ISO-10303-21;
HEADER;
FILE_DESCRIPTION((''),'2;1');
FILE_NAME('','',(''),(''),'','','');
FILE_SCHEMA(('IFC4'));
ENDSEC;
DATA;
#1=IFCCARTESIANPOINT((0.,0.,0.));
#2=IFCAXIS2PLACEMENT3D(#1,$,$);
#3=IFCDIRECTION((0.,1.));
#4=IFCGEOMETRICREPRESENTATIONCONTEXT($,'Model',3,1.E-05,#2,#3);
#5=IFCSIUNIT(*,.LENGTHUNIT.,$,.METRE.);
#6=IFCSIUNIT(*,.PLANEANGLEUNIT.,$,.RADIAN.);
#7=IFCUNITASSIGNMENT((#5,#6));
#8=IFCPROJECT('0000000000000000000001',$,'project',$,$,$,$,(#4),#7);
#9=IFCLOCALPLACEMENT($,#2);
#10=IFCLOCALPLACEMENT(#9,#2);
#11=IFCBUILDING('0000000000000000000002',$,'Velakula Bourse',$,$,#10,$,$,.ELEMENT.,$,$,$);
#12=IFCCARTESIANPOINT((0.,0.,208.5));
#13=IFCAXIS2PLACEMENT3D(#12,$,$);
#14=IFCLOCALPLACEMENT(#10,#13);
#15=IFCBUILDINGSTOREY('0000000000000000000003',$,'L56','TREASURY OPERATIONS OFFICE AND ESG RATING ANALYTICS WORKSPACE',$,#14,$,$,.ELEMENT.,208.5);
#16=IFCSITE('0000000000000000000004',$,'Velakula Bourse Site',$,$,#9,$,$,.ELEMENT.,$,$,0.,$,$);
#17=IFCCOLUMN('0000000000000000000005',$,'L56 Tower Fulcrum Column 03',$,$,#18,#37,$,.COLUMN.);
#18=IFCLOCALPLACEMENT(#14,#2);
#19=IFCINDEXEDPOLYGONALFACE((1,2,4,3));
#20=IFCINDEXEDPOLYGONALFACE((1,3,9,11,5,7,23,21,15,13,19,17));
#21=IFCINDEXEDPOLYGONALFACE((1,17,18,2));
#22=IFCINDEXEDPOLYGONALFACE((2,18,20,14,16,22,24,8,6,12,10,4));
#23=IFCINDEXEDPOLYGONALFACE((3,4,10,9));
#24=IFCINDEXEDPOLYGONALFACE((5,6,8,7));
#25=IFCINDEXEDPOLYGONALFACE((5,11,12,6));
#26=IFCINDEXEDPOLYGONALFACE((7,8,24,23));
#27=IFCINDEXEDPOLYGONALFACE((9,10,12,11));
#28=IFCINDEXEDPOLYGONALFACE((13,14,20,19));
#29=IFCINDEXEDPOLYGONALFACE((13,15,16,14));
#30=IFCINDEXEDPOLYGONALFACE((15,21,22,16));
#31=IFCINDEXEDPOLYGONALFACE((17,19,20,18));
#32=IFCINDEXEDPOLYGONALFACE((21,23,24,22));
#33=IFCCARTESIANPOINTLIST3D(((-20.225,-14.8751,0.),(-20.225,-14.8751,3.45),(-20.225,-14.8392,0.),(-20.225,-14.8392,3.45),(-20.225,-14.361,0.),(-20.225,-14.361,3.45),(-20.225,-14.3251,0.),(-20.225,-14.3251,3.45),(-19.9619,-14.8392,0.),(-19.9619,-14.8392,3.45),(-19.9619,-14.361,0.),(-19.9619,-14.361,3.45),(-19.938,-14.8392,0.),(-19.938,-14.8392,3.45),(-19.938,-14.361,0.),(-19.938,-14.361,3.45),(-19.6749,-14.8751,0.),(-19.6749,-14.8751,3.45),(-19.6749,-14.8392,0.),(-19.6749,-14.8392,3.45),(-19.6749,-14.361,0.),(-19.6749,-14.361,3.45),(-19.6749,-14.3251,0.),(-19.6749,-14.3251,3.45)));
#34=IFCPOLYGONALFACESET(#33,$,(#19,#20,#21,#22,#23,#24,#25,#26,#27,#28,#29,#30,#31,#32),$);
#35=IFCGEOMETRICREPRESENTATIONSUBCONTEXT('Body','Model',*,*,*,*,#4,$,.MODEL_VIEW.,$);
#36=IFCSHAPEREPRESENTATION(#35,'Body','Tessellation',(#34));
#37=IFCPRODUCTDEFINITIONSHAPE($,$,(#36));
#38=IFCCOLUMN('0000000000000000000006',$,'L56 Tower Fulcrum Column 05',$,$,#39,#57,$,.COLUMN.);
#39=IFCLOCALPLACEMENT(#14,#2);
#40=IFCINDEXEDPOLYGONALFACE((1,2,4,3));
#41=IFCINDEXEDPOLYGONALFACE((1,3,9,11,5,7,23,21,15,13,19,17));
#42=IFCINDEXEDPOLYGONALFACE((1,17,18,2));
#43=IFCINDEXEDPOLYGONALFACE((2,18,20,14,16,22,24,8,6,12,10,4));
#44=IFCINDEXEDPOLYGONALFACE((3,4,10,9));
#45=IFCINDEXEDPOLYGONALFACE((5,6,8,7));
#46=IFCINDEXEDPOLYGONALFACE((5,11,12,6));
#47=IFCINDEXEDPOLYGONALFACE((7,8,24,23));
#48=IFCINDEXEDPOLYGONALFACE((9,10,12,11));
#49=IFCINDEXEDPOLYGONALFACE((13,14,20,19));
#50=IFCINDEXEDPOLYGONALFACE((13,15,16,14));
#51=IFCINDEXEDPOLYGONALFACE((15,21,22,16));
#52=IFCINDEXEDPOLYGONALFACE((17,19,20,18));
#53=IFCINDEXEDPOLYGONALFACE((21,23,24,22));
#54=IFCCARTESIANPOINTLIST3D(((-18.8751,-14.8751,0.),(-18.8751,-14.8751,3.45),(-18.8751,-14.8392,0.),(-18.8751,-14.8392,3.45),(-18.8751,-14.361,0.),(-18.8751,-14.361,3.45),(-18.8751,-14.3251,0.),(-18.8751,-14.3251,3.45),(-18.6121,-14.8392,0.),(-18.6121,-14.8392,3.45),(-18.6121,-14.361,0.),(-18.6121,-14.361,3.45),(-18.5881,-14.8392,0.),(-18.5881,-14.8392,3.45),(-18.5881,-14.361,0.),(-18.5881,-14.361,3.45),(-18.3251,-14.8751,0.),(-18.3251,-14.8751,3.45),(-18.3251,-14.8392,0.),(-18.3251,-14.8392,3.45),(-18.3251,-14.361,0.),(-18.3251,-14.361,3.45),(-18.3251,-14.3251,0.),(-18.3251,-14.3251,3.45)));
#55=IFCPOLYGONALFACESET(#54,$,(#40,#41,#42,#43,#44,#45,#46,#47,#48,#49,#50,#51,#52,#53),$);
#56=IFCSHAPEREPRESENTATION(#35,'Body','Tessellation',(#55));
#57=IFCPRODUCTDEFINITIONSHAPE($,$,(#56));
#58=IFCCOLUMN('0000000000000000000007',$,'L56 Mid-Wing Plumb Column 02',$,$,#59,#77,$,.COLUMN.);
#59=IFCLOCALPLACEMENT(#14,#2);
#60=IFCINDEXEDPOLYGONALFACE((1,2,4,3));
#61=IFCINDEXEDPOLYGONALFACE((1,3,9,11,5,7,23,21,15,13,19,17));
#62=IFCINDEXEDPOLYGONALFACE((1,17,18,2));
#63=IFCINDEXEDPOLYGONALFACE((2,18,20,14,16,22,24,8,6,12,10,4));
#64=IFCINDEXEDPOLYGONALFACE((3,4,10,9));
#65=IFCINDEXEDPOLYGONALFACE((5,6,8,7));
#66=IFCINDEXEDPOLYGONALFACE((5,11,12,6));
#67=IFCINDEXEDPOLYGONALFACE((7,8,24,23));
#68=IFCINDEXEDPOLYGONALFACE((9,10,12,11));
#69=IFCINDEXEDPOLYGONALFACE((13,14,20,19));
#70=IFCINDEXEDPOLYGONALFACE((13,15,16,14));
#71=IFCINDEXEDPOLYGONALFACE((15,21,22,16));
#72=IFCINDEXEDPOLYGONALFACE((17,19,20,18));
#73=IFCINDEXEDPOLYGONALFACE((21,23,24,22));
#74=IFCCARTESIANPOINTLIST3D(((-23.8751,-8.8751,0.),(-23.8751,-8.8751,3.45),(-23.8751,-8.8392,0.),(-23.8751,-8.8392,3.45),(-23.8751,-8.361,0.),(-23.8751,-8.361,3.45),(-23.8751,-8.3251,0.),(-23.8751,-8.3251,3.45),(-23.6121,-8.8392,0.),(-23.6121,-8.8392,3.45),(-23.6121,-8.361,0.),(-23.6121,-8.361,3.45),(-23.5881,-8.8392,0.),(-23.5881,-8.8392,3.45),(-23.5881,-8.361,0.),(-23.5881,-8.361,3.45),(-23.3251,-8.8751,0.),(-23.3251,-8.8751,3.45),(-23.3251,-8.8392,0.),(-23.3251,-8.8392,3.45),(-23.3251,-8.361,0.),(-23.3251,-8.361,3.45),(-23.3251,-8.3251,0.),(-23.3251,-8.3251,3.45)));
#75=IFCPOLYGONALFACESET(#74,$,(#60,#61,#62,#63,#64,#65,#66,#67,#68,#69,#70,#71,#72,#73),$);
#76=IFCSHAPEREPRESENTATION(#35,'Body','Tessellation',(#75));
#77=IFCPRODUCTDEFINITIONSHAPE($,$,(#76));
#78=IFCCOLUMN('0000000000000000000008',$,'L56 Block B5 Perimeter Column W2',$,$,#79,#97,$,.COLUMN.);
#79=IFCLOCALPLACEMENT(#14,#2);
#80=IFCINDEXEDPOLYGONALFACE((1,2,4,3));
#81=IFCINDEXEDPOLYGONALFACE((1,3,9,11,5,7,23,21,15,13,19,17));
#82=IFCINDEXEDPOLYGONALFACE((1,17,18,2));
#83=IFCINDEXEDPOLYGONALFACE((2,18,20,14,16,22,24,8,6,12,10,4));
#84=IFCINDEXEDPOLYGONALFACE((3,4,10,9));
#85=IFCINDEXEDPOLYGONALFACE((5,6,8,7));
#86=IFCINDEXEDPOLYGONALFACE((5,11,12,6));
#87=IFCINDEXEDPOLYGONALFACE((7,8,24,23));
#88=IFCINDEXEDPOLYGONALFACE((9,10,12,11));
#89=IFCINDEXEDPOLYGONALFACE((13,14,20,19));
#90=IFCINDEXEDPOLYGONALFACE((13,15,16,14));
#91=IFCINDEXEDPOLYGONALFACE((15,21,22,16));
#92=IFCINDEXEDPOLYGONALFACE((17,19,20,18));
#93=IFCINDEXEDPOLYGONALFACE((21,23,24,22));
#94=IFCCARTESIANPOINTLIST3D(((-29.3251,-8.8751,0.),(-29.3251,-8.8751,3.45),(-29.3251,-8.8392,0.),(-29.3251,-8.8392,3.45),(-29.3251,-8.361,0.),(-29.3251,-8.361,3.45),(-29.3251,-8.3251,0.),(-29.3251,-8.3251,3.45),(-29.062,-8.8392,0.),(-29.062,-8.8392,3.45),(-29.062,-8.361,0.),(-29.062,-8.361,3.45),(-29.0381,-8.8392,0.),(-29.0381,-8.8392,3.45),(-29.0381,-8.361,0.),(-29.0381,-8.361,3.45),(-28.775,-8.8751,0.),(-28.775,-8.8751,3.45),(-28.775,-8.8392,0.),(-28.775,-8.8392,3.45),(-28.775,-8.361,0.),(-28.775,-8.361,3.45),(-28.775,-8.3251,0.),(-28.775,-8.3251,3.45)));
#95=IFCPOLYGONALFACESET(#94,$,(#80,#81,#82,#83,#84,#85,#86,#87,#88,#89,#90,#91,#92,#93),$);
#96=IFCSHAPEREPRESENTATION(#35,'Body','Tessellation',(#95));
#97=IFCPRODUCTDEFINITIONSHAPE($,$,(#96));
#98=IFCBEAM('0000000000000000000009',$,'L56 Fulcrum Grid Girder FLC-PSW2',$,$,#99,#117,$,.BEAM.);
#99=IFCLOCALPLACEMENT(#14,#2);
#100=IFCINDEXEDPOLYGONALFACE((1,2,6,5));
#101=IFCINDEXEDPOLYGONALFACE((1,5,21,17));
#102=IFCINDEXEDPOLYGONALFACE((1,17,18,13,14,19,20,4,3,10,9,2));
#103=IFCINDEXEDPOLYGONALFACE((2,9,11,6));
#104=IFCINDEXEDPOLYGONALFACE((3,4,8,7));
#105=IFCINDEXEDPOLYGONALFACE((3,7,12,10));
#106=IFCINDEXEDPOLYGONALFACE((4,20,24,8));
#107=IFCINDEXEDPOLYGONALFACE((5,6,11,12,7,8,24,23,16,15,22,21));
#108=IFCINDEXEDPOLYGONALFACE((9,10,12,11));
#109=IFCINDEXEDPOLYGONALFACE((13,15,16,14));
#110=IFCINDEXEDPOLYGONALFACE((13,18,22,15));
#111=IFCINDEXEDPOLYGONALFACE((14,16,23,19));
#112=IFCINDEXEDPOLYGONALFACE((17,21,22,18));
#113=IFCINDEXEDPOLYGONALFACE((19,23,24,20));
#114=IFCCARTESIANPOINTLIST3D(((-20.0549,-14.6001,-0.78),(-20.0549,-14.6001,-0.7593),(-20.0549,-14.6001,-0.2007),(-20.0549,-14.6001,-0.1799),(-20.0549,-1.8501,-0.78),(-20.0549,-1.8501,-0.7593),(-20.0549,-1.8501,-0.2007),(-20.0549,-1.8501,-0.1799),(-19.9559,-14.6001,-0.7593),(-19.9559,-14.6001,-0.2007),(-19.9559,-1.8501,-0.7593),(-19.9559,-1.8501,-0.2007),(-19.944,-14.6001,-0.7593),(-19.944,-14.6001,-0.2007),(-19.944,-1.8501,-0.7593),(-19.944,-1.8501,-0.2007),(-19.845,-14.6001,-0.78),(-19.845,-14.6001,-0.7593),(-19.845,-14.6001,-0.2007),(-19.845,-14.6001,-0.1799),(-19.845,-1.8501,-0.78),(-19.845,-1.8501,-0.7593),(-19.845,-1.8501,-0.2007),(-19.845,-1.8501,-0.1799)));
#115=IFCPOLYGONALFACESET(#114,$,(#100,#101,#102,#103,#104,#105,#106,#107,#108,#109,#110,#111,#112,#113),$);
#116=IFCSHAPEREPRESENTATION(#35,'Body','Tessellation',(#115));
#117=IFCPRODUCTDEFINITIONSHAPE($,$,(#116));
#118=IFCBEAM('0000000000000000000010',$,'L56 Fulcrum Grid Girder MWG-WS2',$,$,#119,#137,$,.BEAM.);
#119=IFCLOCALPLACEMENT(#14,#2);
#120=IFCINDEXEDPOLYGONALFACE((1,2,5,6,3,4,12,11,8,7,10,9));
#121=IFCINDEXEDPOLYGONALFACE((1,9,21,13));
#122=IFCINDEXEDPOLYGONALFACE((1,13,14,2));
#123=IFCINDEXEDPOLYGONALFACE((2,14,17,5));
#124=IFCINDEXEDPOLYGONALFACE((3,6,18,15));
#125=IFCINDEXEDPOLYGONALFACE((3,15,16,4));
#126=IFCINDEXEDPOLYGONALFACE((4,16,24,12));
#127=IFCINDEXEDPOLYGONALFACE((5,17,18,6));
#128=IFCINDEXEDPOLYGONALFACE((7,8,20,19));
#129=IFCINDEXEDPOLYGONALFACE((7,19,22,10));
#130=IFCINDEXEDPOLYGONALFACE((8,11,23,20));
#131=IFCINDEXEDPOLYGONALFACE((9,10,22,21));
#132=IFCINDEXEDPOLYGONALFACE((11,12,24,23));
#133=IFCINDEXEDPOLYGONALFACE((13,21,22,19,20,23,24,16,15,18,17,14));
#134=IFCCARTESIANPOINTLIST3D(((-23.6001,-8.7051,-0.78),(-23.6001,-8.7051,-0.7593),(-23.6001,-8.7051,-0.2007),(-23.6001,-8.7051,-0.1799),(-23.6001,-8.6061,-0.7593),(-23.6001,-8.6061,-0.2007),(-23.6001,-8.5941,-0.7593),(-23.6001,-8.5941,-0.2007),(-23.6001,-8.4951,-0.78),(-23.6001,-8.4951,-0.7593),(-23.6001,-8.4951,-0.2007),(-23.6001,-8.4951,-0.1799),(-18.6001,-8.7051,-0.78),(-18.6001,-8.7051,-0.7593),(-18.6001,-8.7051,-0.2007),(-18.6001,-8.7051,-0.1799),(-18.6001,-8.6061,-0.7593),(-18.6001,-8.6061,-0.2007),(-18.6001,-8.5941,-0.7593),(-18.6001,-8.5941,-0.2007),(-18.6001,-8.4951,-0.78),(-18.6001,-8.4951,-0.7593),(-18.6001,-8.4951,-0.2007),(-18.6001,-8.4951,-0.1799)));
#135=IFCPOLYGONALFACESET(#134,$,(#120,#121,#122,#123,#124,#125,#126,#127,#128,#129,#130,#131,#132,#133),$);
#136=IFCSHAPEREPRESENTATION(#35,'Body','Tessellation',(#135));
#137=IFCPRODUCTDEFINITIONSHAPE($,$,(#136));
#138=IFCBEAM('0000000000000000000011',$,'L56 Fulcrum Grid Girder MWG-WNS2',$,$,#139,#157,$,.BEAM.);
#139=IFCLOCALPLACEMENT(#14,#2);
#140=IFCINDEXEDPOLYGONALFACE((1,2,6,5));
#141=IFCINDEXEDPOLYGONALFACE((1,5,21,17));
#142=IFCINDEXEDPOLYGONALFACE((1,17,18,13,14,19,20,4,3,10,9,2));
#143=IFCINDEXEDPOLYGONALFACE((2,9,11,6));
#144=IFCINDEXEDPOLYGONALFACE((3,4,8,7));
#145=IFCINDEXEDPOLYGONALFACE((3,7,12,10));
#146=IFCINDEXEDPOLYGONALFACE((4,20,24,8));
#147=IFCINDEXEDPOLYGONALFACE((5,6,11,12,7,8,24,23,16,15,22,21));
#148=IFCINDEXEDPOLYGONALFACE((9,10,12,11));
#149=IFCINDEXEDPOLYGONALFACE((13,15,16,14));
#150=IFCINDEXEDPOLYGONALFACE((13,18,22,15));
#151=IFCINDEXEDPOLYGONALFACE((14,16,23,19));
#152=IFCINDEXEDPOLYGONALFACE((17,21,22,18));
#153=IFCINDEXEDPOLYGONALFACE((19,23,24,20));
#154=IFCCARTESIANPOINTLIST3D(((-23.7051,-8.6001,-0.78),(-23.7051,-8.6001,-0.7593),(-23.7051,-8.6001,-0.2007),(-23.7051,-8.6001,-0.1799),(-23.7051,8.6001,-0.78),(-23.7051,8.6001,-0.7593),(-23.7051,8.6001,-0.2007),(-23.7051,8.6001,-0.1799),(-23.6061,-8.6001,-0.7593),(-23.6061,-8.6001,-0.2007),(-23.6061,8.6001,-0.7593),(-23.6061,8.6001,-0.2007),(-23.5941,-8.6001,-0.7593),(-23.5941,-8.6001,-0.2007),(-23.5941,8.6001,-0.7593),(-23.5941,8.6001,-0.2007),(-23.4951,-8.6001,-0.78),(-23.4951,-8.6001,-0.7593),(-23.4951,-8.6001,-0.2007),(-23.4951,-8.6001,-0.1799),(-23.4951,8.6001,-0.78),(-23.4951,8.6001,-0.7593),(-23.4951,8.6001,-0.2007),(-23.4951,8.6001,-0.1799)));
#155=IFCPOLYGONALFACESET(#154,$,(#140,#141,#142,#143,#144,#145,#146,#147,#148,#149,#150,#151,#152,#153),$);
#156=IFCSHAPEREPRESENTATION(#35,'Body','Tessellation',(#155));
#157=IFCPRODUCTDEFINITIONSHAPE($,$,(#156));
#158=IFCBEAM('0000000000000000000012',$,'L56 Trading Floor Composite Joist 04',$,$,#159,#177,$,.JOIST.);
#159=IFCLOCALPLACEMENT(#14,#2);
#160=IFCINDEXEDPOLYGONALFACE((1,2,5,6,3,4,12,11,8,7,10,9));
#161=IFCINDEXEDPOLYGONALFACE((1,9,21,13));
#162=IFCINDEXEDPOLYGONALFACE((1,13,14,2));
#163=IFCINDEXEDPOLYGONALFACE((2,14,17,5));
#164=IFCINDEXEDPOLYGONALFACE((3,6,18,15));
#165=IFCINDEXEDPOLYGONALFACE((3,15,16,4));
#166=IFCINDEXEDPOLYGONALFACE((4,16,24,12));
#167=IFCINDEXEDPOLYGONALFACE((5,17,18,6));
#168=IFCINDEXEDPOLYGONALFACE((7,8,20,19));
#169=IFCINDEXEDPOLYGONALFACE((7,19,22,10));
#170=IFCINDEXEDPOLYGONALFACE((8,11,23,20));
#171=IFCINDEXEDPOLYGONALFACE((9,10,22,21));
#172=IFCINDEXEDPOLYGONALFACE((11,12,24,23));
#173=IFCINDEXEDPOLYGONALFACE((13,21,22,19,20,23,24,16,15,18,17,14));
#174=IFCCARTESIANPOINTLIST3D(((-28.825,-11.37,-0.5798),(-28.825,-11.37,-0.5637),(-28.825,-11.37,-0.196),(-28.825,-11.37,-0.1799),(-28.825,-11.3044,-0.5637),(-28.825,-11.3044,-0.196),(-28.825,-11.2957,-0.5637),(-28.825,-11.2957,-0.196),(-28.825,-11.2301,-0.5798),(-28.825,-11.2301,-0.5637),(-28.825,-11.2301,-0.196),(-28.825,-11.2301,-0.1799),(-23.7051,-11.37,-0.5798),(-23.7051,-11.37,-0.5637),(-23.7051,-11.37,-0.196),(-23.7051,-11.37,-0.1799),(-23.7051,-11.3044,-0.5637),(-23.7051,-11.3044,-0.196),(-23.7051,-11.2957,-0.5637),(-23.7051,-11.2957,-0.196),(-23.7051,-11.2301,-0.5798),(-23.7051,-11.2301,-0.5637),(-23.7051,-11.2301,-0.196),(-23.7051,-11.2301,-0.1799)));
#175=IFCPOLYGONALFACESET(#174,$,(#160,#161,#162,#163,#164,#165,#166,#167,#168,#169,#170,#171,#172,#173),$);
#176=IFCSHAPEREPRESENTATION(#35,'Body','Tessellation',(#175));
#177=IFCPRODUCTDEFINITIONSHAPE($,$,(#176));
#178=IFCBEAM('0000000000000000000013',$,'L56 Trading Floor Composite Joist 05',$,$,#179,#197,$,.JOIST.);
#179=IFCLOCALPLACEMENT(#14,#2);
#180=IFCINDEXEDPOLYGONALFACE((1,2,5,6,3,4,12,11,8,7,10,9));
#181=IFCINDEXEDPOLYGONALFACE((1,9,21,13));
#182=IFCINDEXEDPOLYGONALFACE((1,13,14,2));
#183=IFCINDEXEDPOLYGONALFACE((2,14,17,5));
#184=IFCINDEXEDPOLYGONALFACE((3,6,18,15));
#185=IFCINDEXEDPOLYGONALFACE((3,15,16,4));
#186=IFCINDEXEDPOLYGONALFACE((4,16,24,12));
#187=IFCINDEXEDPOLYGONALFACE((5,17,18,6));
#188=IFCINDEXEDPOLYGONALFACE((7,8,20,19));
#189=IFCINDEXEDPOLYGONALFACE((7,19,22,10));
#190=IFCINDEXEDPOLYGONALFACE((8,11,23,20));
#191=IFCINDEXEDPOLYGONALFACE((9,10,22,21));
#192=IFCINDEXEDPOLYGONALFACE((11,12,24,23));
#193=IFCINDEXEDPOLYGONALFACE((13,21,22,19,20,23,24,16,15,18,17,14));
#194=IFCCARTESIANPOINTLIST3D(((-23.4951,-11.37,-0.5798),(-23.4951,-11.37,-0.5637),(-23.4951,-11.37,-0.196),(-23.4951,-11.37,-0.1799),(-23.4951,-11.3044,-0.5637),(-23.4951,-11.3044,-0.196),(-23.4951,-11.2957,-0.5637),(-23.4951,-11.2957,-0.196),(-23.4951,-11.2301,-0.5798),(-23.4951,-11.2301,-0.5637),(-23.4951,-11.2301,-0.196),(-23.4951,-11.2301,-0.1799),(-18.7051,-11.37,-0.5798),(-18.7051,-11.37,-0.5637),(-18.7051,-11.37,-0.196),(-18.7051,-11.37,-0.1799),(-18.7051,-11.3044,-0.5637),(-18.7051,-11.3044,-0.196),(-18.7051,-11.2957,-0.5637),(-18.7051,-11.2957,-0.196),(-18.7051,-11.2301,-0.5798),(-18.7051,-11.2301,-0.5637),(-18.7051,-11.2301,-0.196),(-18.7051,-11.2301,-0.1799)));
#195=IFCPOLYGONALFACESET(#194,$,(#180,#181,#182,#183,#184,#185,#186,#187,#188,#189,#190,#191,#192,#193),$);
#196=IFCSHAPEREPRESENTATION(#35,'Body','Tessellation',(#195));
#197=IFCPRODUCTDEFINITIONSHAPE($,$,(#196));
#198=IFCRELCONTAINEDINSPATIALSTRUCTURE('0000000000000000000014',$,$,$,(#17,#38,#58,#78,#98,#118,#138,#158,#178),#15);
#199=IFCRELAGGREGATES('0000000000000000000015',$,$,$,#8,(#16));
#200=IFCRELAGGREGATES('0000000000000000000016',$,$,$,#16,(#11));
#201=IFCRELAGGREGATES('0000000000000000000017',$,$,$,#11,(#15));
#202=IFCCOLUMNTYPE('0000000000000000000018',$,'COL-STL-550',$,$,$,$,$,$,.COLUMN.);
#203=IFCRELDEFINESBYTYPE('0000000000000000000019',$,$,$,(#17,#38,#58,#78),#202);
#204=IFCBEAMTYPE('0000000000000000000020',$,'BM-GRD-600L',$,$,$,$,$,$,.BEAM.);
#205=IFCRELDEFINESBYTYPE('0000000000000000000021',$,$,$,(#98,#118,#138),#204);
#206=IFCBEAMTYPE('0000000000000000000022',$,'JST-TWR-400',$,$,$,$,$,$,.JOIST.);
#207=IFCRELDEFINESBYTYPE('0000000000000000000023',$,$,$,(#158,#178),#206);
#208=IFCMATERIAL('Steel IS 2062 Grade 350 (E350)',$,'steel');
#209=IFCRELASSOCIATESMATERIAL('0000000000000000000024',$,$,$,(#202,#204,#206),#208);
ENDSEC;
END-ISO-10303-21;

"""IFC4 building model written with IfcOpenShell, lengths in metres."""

from ifc_helpers import new_model, si_unit, direction, frame, origin, origin_2d, place, context, subcontext, project, spatial, i_section, extrude, material, material_profile, profile_set, type_object, element, save


model = new_model("IFC4")

# Units and contexts
model_context = context("Model", 3, precision=1e-05, world=origin(), true_north=direction((0.0, 1.0)))
body_context = subcontext(model_context, "Body", "Model", "MODEL_VIEW")
ifc_project = project(units=[si_unit("LENGTHUNIT", "METRE"), si_unit("PLANEANGLEUNIT", "RADIAN")], contexts=[model_context])

# Site, building, storey
site_placement = place(None, origin())
site = spatial("IfcSite", under=ifc_project, at=site_placement, Name="Velakula Bourse Site", CompositionType="ELEMENT", RefElevation=0.0)
building_placement = place(site_placement, origin())
building = spatial("IfcBuilding", under=site, at=building_placement, Name="Velakula Bourse", CompositionType="ELEMENT")
storey_placement = place(building_placement, frame((0.0, 0.0, 208.5)))
storey = spatial("IfcBuildingStorey", under=building, at=storey_placement, Name="L56", Description="TREASURY OPERATIONS OFFICE AND ESG RATING ANALYTICS WORKSPACE", CompositionType="ELEMENT", Elevation=208.5)

# Columns
ifc_material_1 = material(Name="Steel IS 2062 Grade 350 (E350)", Category="steel")
ifc_material_profile_1 = material_profile(ifc_material_1, i_section(OverallWidth=0.55, OverallDepth=0.55, WebThickness=0.0239, FlangeThickness=0.0359, at=origin_2d()), Name="Steel IS 2062 Grade 350 (E350)")
ifc_profile_set_1 = profile_set([ifc_material_profile_1], Name="Steel IS 2062 Grade 350 (E350)")
column_type = type_object("IfcColumnType", Name="COL-STL-550", PredefinedType="COLUMN", material=ifc_profile_set_1)
for number, where, z_axis, x_axis, name in (
    (1, (-19.95, -14.6001, 0.0), (0.0, 0.0, 1.0), (1.0, 0.0, 0.0), "L56 Tower Fulcrum Column 03"),
    (2, (-18.6001, -14.6001, 0.0), (0.0, 0.0, 1.0), (1.0, 0.0, 0.0), "L56 Tower Fulcrum Column 05"),
    (3, (-23.6001, -8.6001, 0.0), (0.0, 0.0, 1.0), (1.0, 0.0, 0.0), "L56 Mid-Wing Plumb Column 02"),
    (4, (-29.05, -8.6001, 0.0), (0.0, 0.0, 1.0), (1.0, 0.0, 0.0), "L56 Block B5 Perimeter Column W2"),
):
    element("IfcColumn", number, at=place(storey_placement, frame(where, z_axis=z_axis, x_axis=x_axis)), inside=storey, type_object=column_type, Name=name, PredefinedType="COLUMN", context=body_context, shape_type="SweptSolid", body=[
        extrude(i_section(OverallWidth=0.55, OverallDepth=0.55, WebThickness=0.0239, FlangeThickness=0.0359, at=origin_2d()), origin(), (0.0, 0.0, 1.0), 3.45),
    ])

# Beams
ifc_material_profile_2 = material_profile(ifc_material_1, i_section(OverallWidth=0.21, OverallDepth=0.6001, WebThickness=0.012, FlangeThickness=0.0208, at=origin_2d()), Name="Steel IS 2062 Grade 350 (E350)")
ifc_profile_set_2 = profile_set([ifc_material_profile_2], Name="Steel IS 2062 Grade 350 (E350)")
beam_type_1 = type_object("IfcBeamType", Name="BM-GRD-600L", PredefinedType="BEAM", material=ifc_profile_set_2)
beam_1_placement = place(storey_placement, frame((-19.95, -14.6001, -0.48), z_axis=(0.0, 1.0, 0.0), x_axis=(-1.0, 0.0, 0.0)))
element("IfcBeam", 5, at=beam_1_placement, inside=storey, type_object=beam_type_1, Name="L56 Fulcrum Grid Girder FLC-PSW2", PredefinedType="BEAM", context=body_context, shape_type="SweptSolid", body=[
    extrude(i_section(OverallWidth=0.21, OverallDepth=0.6001, WebThickness=0.012, FlangeThickness=0.0208, at=origin_2d()), origin(), (0.0, 0.0, 1.0), 12.75),
])
beam_2_placement = place(storey_placement, frame((-23.6001, -8.6001, -0.48), z_axis=(1.0, 0.0, 0.0), x_axis=(0.0, 1.0, 0.0)))
element("IfcBeam", 6, at=beam_2_placement, inside=storey, type_object=beam_type_1, Name="L56 Fulcrum Grid Girder MWG-WS2", PredefinedType="BEAM", context=body_context, shape_type="SweptSolid", body=[
    extrude(i_section(OverallWidth=0.21, OverallDepth=0.6001, WebThickness=0.012, FlangeThickness=0.0208, at=origin_2d()), origin(), (0.0, 0.0, 1.0), 5.0),
])
beam_3_placement = place(storey_placement, frame((-23.6001, -8.6001, -0.48), z_axis=(0.0, 1.0, 0.0), x_axis=(-1.0, 0.0, 0.0)))
element("IfcBeam", 7, at=beam_3_placement, inside=storey, type_object=beam_type_1, Name="L56 Fulcrum Grid Girder MWG-WNS2", PredefinedType="BEAM", context=body_context, shape_type="SweptSolid", body=[
    extrude(i_section(OverallWidth=0.21, OverallDepth=0.6001, WebThickness=0.012, FlangeThickness=0.0208, at=origin_2d()), origin(), (0.0, 0.0, 1.0), 17.2002),
])
ifc_material_profile_3 = material_profile(ifc_material_1, i_section(OverallWidth=0.1399, OverallDepth=0.3999, WebThickness=0.0088, FlangeThickness=0.0161, at=origin_2d()), Name="Steel IS 2062 Grade 350 (E350)")
ifc_profile_set_3 = profile_set([ifc_material_profile_3], Name="Steel IS 2062 Grade 350 (E350)")
beam_type_2 = type_object("IfcBeamType", Name="JST-TWR-400", PredefinedType="JOIST", material=ifc_profile_set_3)
beam_4_placement = place(storey_placement, frame((-28.825, -11.3, -0.3799), z_axis=(1.0, 0.0, 0.0), x_axis=(0.0, 1.0, 0.0)))
element("IfcBeam", 8, at=beam_4_placement, inside=storey, type_object=beam_type_2, Name="L56 Trading Floor Composite Joist 04", PredefinedType="JOIST", context=body_context, shape_type="SweptSolid", body=[
    extrude(i_section(OverallWidth=0.1399, OverallDepth=0.3999, WebThickness=0.0088, FlangeThickness=0.0161, at=origin_2d()), origin(), (0.0, 0.0, 1.0), 5.1199),
])
beam_5_placement = place(storey_placement, frame((-23.4951, -11.3, -0.3799), z_axis=(1.0, 0.0, 0.0), x_axis=(0.0, 1.0, 0.0)))
element("IfcBeam", 9, at=beam_5_placement, inside=storey, type_object=beam_type_2, Name="L56 Trading Floor Composite Joist 05", PredefinedType="JOIST", context=body_context, shape_type="SweptSolid", body=[
    extrude(i_section(OverallWidth=0.1399, OverallDepth=0.3999, WebThickness=0.0088, FlangeThickness=0.0161, at=origin_2d()), origin(), (0.0, 0.0, 1.0), 4.79),
])

save(model, "model.ifc")
